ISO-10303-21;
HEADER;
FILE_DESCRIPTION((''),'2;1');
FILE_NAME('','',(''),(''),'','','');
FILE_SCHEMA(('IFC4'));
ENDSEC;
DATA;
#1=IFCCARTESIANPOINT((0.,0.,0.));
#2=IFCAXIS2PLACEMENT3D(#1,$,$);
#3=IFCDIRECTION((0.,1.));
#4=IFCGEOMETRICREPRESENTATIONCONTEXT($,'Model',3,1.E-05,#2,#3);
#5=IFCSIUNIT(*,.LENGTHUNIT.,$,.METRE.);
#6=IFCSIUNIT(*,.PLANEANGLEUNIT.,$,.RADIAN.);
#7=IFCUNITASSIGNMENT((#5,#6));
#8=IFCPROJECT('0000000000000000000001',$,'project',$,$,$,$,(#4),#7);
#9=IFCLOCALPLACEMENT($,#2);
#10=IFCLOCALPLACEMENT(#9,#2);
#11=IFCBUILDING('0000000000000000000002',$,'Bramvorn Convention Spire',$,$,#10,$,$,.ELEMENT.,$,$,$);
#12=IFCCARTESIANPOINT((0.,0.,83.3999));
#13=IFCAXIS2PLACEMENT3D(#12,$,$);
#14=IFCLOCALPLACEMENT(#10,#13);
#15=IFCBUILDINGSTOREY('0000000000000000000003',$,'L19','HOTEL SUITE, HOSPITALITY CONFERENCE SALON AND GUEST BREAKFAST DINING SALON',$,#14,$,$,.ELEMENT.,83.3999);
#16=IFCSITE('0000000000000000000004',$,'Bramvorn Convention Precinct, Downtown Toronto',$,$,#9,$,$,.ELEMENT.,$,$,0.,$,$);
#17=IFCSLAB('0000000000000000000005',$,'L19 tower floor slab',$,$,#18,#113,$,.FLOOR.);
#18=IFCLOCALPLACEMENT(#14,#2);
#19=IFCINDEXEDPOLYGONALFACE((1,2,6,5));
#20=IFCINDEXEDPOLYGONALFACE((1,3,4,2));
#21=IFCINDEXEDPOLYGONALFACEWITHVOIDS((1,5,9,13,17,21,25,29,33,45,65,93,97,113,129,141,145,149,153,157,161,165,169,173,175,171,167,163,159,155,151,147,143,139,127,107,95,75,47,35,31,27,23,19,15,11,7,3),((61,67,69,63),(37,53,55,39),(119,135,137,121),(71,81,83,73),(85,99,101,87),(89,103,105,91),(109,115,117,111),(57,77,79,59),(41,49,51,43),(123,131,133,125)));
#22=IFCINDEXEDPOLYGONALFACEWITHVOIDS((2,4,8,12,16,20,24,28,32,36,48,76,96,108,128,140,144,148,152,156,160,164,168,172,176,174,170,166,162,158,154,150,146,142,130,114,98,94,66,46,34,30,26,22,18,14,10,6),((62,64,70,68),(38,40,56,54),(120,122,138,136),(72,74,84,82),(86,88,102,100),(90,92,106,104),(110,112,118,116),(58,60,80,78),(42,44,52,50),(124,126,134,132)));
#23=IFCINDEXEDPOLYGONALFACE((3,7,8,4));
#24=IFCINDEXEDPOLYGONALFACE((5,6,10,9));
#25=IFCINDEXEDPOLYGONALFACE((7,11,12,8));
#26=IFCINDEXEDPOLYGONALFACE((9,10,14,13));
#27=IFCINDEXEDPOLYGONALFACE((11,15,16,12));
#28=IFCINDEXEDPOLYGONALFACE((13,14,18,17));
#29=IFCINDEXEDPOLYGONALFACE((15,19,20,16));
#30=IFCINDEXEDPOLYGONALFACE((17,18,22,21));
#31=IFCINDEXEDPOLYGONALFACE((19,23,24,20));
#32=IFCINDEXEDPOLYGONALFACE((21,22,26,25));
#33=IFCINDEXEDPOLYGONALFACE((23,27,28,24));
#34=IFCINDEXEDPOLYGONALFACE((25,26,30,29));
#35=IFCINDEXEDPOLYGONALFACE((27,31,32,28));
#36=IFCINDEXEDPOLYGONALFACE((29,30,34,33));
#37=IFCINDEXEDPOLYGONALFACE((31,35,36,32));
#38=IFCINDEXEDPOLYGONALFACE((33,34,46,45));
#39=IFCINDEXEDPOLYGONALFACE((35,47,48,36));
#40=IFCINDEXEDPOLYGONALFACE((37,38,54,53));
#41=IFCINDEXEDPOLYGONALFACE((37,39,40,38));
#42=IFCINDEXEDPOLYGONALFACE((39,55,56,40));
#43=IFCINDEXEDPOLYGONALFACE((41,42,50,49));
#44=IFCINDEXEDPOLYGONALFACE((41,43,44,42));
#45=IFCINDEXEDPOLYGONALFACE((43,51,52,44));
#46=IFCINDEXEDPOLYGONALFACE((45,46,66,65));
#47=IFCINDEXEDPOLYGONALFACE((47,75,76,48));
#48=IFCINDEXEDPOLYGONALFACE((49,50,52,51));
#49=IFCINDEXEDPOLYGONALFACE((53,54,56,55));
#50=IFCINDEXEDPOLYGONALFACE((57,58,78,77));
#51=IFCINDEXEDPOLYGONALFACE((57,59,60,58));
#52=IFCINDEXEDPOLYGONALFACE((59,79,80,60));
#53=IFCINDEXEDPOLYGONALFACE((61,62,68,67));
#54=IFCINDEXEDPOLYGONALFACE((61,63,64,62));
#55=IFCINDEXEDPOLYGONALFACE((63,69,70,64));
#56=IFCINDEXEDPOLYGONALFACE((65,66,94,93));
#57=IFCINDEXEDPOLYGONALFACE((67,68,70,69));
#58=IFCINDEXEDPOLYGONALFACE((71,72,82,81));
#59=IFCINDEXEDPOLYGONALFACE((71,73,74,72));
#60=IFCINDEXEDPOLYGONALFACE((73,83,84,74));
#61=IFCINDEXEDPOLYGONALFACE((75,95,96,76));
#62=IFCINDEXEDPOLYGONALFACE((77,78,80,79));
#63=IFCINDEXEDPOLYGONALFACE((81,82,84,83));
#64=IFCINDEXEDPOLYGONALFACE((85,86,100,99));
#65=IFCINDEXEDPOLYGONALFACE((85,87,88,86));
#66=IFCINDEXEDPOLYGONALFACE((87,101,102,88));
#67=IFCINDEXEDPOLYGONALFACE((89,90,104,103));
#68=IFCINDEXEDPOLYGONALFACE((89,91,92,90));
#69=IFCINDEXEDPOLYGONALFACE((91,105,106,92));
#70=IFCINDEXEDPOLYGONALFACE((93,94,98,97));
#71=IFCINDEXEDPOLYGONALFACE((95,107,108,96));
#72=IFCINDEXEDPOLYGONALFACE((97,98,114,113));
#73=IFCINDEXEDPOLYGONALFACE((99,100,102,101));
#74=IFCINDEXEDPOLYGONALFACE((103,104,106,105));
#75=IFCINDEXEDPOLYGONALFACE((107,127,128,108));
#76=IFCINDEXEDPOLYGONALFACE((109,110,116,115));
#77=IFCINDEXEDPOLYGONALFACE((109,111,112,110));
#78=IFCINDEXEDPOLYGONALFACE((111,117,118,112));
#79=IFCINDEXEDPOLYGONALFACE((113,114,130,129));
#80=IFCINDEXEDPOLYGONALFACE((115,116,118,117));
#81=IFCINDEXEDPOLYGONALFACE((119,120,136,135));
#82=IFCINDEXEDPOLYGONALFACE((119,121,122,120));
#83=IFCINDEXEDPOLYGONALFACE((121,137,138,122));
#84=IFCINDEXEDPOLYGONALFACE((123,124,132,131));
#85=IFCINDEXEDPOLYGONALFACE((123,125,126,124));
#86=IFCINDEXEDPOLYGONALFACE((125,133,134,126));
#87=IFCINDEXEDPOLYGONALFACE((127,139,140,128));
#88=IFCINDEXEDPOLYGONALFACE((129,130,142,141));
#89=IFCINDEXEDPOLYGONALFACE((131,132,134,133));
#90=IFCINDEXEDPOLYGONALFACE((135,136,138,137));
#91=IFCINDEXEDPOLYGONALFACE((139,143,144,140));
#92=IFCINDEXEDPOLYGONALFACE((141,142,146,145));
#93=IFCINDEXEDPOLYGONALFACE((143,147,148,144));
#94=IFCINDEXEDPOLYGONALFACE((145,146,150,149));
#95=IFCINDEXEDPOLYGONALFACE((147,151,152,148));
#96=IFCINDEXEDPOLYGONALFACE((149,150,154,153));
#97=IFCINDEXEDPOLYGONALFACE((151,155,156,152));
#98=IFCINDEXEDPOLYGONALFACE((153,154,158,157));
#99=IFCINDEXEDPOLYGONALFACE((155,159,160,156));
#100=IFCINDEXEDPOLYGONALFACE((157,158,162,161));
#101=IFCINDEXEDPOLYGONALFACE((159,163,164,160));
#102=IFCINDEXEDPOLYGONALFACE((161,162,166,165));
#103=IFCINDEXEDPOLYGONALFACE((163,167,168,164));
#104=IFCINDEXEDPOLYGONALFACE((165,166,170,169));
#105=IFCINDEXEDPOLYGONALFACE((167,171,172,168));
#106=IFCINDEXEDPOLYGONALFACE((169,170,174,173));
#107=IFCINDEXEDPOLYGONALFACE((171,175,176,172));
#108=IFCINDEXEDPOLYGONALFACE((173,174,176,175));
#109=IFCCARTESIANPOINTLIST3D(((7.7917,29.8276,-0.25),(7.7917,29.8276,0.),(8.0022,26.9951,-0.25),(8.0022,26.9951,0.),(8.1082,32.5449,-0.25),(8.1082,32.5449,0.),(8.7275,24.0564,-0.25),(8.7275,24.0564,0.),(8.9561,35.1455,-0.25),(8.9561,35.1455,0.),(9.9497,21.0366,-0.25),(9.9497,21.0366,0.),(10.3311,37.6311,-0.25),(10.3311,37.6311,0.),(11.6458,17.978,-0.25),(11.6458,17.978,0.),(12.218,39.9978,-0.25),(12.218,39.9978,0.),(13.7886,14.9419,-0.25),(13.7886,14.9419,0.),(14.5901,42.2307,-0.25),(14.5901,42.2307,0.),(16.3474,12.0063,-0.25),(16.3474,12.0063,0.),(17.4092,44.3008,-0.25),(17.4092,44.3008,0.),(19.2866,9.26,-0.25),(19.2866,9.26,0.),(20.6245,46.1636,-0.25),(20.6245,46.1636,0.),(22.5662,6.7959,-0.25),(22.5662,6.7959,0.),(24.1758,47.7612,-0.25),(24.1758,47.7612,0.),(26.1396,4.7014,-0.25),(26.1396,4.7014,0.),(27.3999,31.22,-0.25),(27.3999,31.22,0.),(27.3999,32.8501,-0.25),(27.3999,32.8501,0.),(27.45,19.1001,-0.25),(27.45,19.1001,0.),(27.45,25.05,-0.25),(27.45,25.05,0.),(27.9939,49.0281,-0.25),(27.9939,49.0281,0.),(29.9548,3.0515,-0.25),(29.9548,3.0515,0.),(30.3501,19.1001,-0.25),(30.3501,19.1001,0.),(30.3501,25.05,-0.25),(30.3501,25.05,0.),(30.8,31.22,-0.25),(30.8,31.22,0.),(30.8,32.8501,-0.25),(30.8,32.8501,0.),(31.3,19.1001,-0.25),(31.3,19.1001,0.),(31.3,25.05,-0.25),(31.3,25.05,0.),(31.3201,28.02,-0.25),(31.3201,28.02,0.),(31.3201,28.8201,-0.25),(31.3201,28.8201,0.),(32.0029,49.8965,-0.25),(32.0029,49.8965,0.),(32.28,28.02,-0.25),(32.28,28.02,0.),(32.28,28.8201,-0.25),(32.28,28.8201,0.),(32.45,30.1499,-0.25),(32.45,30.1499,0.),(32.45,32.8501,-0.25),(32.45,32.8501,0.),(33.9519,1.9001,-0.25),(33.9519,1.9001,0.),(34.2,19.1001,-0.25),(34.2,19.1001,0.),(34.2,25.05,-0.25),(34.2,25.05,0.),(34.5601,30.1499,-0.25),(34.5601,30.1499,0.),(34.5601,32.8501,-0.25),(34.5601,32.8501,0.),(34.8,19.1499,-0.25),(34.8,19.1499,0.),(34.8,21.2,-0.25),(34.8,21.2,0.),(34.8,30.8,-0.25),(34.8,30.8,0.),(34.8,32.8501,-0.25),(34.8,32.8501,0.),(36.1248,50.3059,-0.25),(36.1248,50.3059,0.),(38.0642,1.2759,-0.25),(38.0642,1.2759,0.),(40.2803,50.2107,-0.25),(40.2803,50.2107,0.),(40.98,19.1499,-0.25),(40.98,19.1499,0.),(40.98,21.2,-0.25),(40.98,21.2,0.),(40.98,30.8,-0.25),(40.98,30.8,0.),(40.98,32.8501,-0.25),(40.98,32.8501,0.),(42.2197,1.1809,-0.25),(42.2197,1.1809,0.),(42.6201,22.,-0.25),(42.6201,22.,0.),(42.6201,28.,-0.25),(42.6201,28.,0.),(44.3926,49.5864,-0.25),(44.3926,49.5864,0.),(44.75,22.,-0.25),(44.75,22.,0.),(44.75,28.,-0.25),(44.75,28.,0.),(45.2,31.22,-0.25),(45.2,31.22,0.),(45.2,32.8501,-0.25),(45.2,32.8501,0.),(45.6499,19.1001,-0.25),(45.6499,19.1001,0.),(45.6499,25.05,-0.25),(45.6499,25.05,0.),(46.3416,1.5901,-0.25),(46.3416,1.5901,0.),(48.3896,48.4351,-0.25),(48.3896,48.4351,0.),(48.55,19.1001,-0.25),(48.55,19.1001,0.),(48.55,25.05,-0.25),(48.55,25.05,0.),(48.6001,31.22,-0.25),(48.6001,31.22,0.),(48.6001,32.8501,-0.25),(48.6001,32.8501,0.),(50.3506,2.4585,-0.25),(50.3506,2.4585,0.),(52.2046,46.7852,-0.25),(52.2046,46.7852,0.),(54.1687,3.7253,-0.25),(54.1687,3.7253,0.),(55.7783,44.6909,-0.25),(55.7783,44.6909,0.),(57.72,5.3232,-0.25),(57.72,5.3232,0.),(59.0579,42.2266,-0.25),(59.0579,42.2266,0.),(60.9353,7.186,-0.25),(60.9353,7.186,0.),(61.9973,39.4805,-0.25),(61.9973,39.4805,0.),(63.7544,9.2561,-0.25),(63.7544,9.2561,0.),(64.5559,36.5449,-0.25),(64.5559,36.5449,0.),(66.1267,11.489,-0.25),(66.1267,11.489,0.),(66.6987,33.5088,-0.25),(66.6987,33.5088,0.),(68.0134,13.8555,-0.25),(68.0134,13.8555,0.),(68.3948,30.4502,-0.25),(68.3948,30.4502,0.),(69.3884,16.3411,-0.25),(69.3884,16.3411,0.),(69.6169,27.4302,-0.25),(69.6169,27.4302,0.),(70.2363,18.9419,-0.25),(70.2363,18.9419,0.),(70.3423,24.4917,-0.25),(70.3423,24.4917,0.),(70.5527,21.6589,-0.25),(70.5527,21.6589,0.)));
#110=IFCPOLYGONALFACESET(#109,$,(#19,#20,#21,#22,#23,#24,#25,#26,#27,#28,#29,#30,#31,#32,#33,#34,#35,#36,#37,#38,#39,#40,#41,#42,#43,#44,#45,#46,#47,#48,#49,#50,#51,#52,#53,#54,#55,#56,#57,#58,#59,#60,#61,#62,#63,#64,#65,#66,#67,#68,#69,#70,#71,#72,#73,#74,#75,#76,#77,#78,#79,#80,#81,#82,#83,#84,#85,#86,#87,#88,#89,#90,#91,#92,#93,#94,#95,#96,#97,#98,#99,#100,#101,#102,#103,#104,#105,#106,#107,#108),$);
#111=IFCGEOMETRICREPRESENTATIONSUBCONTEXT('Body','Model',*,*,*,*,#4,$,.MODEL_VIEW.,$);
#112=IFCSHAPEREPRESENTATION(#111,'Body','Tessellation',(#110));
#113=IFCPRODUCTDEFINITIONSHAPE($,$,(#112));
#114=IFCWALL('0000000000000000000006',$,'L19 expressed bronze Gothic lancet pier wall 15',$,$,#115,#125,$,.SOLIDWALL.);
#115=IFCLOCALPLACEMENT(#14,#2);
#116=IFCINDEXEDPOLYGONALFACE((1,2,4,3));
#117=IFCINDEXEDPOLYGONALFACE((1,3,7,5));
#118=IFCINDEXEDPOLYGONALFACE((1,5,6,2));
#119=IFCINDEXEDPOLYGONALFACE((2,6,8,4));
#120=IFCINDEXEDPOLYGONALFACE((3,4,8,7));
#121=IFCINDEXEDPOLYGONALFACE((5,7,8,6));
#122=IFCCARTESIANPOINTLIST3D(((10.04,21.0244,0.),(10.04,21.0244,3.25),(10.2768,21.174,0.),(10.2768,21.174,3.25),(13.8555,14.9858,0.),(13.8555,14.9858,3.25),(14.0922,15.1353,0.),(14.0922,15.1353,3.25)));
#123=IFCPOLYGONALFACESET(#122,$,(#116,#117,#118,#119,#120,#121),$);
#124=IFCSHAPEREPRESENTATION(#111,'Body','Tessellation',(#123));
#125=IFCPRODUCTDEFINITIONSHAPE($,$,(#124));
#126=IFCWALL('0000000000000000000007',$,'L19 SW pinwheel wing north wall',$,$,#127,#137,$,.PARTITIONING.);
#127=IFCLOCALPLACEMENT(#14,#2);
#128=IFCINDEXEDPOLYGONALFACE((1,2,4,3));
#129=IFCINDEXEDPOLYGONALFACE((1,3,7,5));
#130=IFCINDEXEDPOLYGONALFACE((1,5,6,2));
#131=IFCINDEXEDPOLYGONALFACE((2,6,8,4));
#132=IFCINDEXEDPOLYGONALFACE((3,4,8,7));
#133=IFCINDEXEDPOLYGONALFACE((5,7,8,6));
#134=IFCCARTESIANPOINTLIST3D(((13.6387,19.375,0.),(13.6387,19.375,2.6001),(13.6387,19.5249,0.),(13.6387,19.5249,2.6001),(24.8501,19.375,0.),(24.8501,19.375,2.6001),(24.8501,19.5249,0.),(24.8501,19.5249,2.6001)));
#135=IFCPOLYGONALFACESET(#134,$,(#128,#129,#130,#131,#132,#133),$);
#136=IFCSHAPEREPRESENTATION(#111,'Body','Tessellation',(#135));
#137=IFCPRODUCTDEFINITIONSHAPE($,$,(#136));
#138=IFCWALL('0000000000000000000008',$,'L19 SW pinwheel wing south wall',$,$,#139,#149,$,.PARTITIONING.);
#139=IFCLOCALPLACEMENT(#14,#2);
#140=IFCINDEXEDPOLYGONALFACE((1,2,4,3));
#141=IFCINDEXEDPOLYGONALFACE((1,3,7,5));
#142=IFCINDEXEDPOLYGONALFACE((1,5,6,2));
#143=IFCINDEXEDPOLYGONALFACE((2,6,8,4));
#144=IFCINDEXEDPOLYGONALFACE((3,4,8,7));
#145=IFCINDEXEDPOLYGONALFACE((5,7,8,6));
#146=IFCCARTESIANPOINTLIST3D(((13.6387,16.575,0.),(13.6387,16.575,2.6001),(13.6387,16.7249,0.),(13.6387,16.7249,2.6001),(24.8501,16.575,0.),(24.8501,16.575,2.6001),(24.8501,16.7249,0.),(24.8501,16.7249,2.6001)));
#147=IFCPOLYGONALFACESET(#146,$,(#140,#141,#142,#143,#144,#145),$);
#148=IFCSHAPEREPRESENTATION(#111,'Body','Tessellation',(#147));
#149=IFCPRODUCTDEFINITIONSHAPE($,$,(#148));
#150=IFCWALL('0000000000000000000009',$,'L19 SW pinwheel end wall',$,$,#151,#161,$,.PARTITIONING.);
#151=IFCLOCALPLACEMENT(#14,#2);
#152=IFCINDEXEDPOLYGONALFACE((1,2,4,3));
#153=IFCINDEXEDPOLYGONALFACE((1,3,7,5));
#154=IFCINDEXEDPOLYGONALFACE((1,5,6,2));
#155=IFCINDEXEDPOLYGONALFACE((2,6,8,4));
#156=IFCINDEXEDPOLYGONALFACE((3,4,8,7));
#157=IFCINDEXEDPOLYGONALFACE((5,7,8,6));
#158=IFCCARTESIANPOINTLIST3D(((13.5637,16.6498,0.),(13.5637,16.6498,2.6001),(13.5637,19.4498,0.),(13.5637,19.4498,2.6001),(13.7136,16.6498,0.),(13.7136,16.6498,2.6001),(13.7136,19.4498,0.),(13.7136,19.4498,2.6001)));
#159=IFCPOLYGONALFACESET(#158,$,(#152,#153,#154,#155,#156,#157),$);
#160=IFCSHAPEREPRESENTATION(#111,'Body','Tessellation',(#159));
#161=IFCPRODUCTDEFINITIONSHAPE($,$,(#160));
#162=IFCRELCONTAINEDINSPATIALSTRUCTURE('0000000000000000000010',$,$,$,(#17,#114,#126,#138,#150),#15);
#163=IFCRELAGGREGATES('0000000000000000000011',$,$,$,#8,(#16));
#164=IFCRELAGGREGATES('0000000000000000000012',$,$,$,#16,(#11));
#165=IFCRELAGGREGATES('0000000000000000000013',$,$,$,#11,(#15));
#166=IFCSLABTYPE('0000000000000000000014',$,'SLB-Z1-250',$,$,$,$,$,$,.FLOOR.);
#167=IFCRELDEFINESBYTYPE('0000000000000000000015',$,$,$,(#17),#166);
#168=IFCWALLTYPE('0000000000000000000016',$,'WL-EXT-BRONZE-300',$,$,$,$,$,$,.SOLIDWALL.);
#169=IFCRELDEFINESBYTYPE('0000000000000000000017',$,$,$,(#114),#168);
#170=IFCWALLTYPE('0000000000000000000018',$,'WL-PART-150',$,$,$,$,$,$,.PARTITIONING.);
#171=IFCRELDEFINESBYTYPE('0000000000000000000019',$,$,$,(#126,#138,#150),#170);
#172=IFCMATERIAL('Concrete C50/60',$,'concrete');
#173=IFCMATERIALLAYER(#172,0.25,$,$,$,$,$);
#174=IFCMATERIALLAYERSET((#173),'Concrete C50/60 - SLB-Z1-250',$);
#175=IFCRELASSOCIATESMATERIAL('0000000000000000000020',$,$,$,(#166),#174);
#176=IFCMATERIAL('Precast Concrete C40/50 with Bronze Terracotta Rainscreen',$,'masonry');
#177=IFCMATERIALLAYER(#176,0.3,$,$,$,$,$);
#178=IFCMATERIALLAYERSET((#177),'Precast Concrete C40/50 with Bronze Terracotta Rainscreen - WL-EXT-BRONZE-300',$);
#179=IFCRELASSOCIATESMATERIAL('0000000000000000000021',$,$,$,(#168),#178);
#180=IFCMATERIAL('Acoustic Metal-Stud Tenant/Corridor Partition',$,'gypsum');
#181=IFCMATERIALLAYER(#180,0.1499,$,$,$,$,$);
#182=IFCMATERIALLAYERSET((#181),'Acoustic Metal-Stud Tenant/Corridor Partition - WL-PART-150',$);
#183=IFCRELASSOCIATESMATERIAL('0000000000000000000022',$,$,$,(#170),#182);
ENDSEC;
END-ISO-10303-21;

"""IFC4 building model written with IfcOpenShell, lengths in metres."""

from ifc_helpers import new_model, si_unit, direction, frame, frame_2d, origin, place, context, subcontext, project, spatial, polyline, rectangle, outline, extrude, material, layer, layer_set, type_object, element, save


model = new_model("IFC4")

# Units and contexts
model_context = context("Model", 3, precision=1e-05, world=origin(), true_north=direction((0.0, 1.0)))
body_context = subcontext(model_context, "Body", "Model", "MODEL_VIEW")
ifc_project = project(units=[si_unit("LENGTHUNIT", "METRE"), si_unit("PLANEANGLEUNIT", "RADIAN")], contexts=[model_context])

# Site, building, storey
site_placement = place(None, origin())
site = spatial("IfcSite", under=ifc_project, at=site_placement, Name="Bramvorn Convention Precinct, Downtown Toronto", CompositionType="ELEMENT", RefElevation=0.0)
building_placement = place(site_placement, origin())
building = spatial("IfcBuilding", under=site, at=building_placement, Name="Bramvorn Convention Spire", CompositionType="ELEMENT")
storey_placement = place(building_placement, frame((0.0, 0.0, 83.3999)))
storey = spatial("IfcBuildingStorey", under=building, at=storey_placement, Name="L19", Description="HOTEL SUITE, HOSPITALITY CONFERENCE SALON AND GUEST BREAKFAST DINING SALON", CompositionType="ELEMENT", Elevation=83.3999)

# Slab
ifc_material_1 = material(Name="Concrete C50/60", Category="concrete")
ifc_layer_1 = layer(ifc_material_1, 0.25)
ifc_layer_set_1 = layer_set([ifc_layer_1], Name="Concrete C50/60 - SLB-Z1-250")
slab_type_1 = type_object("IfcSlabType", Name="SLB-Z1-250", PredefinedType="FLOOR", material=ifc_layer_set_1)
slab_1_placement = place(storey_placement, frame((0.0, 0.0, -0.25)))
element("IfcSlab", 1, at=slab_1_placement, inside=storey, type_object=slab_type_1, Name="L19 tower floor slab", PredefinedType="FLOOR", context=body_context, shape_type="SweptSolid", body=[
    extrude(outline(polyline([(70.2363, 18.9419), (70.5527, 21.6589), (70.3423, 24.4917), (69.6169, 27.4302), (68.3948, 30.4502), (66.6987, 33.5088), (64.5559, 36.5449), (61.9973, 39.4805), (59.0579, 42.2266), (55.7783, 44.6909), (52.2046, 46.7852), (48.3896, 48.4351), (44.3926, 49.5864), (40.2803, 50.2107), (36.1248, 50.3059), (32.0029, 49.8965), (27.9939, 49.0281), (24.1758, 47.7612), (20.6245, 46.1636), (17.4092, 44.3008), (14.5901, 42.2307), (12.218, 39.9978), (10.3311, 37.6311), (8.9561, 35.1455), (8.1082, 32.5449), (7.7917, 29.8276), (8.0022, 26.9951), (8.7275, 24.0564), (9.9497, 21.0366), (11.6458, 17.978), (13.7886, 14.9419), (16.3474, 12.0063), (19.2866, 9.26), (22.5662, 6.7959), (26.1396, 4.7014), (29.9548, 3.0515), (33.9519, 1.9001), (38.0642, 1.2759), (42.2197, 1.1809), (46.3416, 1.5901), (50.3506, 2.4585), (54.1687, 3.7253), (57.72, 5.3232), (60.9353, 7.186), (63.7544, 9.2561), (66.1267, 11.489), (68.0134, 13.8555), (69.3884, 16.3411), (70.2363, 18.9419)]), holes=[polyline([(27.45, 25.05), (27.45, 19.1001), (30.3501, 19.1001), (30.3501, 25.05), (27.45, 25.05)]), polyline([(45.6499, 25.05), (45.6499, 19.1001), (48.55, 19.1001), (48.55, 25.05), (45.6499, 25.05)]), polyline([(31.3, 25.05), (31.3, 19.1001), (34.2, 19.1001), (34.2, 25.05), (31.3, 25.05)]), polyline([(27.3999, 31.22), (30.8, 31.22), (30.8, 32.8501), (27.3999, 32.8501), (27.3999, 31.22)]), polyline([(45.2, 31.22), (48.6001, 31.22), (48.6001, 32.8501), (45.2, 32.8501), (45.2, 31.22)]), polyline([(32.45, 30.1499), (34.5601, 30.1499), (34.5601, 32.8501), (32.45, 32.8501), (32.45, 30.1499)]), polyline([(34.8, 30.8), (40.98, 30.8), (40.98, 32.8501), (34.8, 32.8501), (34.8, 30.8)]), polyline([(34.8, 19.1499), (40.98, 19.1499), (40.98, 21.2), (34.8, 21.2), (34.8, 19.1499)]), polyline([(42.6201, 22.0), (44.75, 22.0), (44.75, 28.0), (42.6201, 28.0), (42.6201, 22.0)]), polyline([(31.3201, 28.02), (32.28, 28.02), (32.28, 28.8201), (31.3201, 28.8201), (31.3201, 28.02)])]), origin(), (0.0, 0.0, 1.0), 0.25),
])

# Walls
ifc_material_2 = material(Name="Precast Concrete C40/50 with Bronze Terracotta Rainscreen", Category="masonry")
ifc_layer_2 = layer(ifc_material_2, 0.3)
ifc_layer_set_2 = layer_set([ifc_layer_2], Name="Precast Concrete C40/50 with Bronze Terracotta Rainscreen - WL-EXT-BRONZE-300")
wall_type_1 = type_object("IfcWallType", Name="WL-EXT-BRONZE-300", PredefinedType="SOLIDWALL", material=ifc_layer_set_2)
wall_1_placement = place(storey_placement, frame((13.9739, 15.0605, 0.0), z_axis=(0.0, 0.0, 1.0), x_axis=(-0.534152, 0.845388, 0.0)))
element("IfcWall", 2, at=wall_1_placement, inside=storey, type_object=wall_type_1, Name="L19 expressed bronze Gothic lancet pier wall 15", PredefinedType="SOLIDWALL", context=body_context, shape_type="SweptSolid", body=[
    extrude(rectangle(XDim=7.1431, YDim=0.28, at=frame_2d((3.5715, 0.0))), origin(), (0.0, 0.0, 1.0), 3.25),
])
ifc_material_3 = material(Name="Acoustic Metal-Stud Tenant/Corridor Partition", Category="gypsum")
ifc_layer_3 = layer(ifc_material_3, 0.1499)
ifc_layer_set_3 = layer_set([ifc_layer_3], Name="Acoustic Metal-Stud Tenant/Corridor Partition - WL-PART-150")
wall_type_2 = type_object("IfcWallType", Name="WL-PART-150", PredefinedType="PARTITIONING", material=ifc_layer_set_3)
for number, where, z_axis, x_axis, name in (
    (3, (13.6387, 19.45, 0.0), (0.0, 0.0, 1.0), (1.0, 0.0, 0.0), "L19 SW pinwheel wing north wall"),
    (4, (13.6387, 16.6499, 0.0), (0.0, 0.0, 1.0), (1.0, 0.0, 0.0), "L19 SW pinwheel wing south wall"),
):
    element("IfcWall", number, at=place(storey_placement, frame(where, z_axis=z_axis, x_axis=x_axis)), inside=storey, type_object=wall_type_2, Name=name, PredefinedType="PARTITIONING", context=body_context, shape_type="SweptSolid", body=[
        extrude(rectangle(XDim=11.2114, YDim=0.1499, at=frame_2d((5.6057, 0.0))), origin(), (0.0, 0.0, 1.0), 2.6001),
    ])
wall_2_placement = place(storey_placement, frame((13.6387, 16.6499, 0.0), z_axis=(0.0, 0.0, 1.0), x_axis=(0.0, 1.0, 0.0)))
element("IfcWall", 5, at=wall_2_placement, inside=storey, type_object=wall_type_2, Name="L19 SW pinwheel end wall", PredefinedType="PARTITIONING", context=body_context, shape_type="SweptSolid", body=[
    extrude(rectangle(XDim=2.8, YDim=0.1499, at=frame_2d((1.3999, 0.0))), origin(), (0.0, 0.0, 1.0), 2.6001),
])

save(model, "model.ifc")
